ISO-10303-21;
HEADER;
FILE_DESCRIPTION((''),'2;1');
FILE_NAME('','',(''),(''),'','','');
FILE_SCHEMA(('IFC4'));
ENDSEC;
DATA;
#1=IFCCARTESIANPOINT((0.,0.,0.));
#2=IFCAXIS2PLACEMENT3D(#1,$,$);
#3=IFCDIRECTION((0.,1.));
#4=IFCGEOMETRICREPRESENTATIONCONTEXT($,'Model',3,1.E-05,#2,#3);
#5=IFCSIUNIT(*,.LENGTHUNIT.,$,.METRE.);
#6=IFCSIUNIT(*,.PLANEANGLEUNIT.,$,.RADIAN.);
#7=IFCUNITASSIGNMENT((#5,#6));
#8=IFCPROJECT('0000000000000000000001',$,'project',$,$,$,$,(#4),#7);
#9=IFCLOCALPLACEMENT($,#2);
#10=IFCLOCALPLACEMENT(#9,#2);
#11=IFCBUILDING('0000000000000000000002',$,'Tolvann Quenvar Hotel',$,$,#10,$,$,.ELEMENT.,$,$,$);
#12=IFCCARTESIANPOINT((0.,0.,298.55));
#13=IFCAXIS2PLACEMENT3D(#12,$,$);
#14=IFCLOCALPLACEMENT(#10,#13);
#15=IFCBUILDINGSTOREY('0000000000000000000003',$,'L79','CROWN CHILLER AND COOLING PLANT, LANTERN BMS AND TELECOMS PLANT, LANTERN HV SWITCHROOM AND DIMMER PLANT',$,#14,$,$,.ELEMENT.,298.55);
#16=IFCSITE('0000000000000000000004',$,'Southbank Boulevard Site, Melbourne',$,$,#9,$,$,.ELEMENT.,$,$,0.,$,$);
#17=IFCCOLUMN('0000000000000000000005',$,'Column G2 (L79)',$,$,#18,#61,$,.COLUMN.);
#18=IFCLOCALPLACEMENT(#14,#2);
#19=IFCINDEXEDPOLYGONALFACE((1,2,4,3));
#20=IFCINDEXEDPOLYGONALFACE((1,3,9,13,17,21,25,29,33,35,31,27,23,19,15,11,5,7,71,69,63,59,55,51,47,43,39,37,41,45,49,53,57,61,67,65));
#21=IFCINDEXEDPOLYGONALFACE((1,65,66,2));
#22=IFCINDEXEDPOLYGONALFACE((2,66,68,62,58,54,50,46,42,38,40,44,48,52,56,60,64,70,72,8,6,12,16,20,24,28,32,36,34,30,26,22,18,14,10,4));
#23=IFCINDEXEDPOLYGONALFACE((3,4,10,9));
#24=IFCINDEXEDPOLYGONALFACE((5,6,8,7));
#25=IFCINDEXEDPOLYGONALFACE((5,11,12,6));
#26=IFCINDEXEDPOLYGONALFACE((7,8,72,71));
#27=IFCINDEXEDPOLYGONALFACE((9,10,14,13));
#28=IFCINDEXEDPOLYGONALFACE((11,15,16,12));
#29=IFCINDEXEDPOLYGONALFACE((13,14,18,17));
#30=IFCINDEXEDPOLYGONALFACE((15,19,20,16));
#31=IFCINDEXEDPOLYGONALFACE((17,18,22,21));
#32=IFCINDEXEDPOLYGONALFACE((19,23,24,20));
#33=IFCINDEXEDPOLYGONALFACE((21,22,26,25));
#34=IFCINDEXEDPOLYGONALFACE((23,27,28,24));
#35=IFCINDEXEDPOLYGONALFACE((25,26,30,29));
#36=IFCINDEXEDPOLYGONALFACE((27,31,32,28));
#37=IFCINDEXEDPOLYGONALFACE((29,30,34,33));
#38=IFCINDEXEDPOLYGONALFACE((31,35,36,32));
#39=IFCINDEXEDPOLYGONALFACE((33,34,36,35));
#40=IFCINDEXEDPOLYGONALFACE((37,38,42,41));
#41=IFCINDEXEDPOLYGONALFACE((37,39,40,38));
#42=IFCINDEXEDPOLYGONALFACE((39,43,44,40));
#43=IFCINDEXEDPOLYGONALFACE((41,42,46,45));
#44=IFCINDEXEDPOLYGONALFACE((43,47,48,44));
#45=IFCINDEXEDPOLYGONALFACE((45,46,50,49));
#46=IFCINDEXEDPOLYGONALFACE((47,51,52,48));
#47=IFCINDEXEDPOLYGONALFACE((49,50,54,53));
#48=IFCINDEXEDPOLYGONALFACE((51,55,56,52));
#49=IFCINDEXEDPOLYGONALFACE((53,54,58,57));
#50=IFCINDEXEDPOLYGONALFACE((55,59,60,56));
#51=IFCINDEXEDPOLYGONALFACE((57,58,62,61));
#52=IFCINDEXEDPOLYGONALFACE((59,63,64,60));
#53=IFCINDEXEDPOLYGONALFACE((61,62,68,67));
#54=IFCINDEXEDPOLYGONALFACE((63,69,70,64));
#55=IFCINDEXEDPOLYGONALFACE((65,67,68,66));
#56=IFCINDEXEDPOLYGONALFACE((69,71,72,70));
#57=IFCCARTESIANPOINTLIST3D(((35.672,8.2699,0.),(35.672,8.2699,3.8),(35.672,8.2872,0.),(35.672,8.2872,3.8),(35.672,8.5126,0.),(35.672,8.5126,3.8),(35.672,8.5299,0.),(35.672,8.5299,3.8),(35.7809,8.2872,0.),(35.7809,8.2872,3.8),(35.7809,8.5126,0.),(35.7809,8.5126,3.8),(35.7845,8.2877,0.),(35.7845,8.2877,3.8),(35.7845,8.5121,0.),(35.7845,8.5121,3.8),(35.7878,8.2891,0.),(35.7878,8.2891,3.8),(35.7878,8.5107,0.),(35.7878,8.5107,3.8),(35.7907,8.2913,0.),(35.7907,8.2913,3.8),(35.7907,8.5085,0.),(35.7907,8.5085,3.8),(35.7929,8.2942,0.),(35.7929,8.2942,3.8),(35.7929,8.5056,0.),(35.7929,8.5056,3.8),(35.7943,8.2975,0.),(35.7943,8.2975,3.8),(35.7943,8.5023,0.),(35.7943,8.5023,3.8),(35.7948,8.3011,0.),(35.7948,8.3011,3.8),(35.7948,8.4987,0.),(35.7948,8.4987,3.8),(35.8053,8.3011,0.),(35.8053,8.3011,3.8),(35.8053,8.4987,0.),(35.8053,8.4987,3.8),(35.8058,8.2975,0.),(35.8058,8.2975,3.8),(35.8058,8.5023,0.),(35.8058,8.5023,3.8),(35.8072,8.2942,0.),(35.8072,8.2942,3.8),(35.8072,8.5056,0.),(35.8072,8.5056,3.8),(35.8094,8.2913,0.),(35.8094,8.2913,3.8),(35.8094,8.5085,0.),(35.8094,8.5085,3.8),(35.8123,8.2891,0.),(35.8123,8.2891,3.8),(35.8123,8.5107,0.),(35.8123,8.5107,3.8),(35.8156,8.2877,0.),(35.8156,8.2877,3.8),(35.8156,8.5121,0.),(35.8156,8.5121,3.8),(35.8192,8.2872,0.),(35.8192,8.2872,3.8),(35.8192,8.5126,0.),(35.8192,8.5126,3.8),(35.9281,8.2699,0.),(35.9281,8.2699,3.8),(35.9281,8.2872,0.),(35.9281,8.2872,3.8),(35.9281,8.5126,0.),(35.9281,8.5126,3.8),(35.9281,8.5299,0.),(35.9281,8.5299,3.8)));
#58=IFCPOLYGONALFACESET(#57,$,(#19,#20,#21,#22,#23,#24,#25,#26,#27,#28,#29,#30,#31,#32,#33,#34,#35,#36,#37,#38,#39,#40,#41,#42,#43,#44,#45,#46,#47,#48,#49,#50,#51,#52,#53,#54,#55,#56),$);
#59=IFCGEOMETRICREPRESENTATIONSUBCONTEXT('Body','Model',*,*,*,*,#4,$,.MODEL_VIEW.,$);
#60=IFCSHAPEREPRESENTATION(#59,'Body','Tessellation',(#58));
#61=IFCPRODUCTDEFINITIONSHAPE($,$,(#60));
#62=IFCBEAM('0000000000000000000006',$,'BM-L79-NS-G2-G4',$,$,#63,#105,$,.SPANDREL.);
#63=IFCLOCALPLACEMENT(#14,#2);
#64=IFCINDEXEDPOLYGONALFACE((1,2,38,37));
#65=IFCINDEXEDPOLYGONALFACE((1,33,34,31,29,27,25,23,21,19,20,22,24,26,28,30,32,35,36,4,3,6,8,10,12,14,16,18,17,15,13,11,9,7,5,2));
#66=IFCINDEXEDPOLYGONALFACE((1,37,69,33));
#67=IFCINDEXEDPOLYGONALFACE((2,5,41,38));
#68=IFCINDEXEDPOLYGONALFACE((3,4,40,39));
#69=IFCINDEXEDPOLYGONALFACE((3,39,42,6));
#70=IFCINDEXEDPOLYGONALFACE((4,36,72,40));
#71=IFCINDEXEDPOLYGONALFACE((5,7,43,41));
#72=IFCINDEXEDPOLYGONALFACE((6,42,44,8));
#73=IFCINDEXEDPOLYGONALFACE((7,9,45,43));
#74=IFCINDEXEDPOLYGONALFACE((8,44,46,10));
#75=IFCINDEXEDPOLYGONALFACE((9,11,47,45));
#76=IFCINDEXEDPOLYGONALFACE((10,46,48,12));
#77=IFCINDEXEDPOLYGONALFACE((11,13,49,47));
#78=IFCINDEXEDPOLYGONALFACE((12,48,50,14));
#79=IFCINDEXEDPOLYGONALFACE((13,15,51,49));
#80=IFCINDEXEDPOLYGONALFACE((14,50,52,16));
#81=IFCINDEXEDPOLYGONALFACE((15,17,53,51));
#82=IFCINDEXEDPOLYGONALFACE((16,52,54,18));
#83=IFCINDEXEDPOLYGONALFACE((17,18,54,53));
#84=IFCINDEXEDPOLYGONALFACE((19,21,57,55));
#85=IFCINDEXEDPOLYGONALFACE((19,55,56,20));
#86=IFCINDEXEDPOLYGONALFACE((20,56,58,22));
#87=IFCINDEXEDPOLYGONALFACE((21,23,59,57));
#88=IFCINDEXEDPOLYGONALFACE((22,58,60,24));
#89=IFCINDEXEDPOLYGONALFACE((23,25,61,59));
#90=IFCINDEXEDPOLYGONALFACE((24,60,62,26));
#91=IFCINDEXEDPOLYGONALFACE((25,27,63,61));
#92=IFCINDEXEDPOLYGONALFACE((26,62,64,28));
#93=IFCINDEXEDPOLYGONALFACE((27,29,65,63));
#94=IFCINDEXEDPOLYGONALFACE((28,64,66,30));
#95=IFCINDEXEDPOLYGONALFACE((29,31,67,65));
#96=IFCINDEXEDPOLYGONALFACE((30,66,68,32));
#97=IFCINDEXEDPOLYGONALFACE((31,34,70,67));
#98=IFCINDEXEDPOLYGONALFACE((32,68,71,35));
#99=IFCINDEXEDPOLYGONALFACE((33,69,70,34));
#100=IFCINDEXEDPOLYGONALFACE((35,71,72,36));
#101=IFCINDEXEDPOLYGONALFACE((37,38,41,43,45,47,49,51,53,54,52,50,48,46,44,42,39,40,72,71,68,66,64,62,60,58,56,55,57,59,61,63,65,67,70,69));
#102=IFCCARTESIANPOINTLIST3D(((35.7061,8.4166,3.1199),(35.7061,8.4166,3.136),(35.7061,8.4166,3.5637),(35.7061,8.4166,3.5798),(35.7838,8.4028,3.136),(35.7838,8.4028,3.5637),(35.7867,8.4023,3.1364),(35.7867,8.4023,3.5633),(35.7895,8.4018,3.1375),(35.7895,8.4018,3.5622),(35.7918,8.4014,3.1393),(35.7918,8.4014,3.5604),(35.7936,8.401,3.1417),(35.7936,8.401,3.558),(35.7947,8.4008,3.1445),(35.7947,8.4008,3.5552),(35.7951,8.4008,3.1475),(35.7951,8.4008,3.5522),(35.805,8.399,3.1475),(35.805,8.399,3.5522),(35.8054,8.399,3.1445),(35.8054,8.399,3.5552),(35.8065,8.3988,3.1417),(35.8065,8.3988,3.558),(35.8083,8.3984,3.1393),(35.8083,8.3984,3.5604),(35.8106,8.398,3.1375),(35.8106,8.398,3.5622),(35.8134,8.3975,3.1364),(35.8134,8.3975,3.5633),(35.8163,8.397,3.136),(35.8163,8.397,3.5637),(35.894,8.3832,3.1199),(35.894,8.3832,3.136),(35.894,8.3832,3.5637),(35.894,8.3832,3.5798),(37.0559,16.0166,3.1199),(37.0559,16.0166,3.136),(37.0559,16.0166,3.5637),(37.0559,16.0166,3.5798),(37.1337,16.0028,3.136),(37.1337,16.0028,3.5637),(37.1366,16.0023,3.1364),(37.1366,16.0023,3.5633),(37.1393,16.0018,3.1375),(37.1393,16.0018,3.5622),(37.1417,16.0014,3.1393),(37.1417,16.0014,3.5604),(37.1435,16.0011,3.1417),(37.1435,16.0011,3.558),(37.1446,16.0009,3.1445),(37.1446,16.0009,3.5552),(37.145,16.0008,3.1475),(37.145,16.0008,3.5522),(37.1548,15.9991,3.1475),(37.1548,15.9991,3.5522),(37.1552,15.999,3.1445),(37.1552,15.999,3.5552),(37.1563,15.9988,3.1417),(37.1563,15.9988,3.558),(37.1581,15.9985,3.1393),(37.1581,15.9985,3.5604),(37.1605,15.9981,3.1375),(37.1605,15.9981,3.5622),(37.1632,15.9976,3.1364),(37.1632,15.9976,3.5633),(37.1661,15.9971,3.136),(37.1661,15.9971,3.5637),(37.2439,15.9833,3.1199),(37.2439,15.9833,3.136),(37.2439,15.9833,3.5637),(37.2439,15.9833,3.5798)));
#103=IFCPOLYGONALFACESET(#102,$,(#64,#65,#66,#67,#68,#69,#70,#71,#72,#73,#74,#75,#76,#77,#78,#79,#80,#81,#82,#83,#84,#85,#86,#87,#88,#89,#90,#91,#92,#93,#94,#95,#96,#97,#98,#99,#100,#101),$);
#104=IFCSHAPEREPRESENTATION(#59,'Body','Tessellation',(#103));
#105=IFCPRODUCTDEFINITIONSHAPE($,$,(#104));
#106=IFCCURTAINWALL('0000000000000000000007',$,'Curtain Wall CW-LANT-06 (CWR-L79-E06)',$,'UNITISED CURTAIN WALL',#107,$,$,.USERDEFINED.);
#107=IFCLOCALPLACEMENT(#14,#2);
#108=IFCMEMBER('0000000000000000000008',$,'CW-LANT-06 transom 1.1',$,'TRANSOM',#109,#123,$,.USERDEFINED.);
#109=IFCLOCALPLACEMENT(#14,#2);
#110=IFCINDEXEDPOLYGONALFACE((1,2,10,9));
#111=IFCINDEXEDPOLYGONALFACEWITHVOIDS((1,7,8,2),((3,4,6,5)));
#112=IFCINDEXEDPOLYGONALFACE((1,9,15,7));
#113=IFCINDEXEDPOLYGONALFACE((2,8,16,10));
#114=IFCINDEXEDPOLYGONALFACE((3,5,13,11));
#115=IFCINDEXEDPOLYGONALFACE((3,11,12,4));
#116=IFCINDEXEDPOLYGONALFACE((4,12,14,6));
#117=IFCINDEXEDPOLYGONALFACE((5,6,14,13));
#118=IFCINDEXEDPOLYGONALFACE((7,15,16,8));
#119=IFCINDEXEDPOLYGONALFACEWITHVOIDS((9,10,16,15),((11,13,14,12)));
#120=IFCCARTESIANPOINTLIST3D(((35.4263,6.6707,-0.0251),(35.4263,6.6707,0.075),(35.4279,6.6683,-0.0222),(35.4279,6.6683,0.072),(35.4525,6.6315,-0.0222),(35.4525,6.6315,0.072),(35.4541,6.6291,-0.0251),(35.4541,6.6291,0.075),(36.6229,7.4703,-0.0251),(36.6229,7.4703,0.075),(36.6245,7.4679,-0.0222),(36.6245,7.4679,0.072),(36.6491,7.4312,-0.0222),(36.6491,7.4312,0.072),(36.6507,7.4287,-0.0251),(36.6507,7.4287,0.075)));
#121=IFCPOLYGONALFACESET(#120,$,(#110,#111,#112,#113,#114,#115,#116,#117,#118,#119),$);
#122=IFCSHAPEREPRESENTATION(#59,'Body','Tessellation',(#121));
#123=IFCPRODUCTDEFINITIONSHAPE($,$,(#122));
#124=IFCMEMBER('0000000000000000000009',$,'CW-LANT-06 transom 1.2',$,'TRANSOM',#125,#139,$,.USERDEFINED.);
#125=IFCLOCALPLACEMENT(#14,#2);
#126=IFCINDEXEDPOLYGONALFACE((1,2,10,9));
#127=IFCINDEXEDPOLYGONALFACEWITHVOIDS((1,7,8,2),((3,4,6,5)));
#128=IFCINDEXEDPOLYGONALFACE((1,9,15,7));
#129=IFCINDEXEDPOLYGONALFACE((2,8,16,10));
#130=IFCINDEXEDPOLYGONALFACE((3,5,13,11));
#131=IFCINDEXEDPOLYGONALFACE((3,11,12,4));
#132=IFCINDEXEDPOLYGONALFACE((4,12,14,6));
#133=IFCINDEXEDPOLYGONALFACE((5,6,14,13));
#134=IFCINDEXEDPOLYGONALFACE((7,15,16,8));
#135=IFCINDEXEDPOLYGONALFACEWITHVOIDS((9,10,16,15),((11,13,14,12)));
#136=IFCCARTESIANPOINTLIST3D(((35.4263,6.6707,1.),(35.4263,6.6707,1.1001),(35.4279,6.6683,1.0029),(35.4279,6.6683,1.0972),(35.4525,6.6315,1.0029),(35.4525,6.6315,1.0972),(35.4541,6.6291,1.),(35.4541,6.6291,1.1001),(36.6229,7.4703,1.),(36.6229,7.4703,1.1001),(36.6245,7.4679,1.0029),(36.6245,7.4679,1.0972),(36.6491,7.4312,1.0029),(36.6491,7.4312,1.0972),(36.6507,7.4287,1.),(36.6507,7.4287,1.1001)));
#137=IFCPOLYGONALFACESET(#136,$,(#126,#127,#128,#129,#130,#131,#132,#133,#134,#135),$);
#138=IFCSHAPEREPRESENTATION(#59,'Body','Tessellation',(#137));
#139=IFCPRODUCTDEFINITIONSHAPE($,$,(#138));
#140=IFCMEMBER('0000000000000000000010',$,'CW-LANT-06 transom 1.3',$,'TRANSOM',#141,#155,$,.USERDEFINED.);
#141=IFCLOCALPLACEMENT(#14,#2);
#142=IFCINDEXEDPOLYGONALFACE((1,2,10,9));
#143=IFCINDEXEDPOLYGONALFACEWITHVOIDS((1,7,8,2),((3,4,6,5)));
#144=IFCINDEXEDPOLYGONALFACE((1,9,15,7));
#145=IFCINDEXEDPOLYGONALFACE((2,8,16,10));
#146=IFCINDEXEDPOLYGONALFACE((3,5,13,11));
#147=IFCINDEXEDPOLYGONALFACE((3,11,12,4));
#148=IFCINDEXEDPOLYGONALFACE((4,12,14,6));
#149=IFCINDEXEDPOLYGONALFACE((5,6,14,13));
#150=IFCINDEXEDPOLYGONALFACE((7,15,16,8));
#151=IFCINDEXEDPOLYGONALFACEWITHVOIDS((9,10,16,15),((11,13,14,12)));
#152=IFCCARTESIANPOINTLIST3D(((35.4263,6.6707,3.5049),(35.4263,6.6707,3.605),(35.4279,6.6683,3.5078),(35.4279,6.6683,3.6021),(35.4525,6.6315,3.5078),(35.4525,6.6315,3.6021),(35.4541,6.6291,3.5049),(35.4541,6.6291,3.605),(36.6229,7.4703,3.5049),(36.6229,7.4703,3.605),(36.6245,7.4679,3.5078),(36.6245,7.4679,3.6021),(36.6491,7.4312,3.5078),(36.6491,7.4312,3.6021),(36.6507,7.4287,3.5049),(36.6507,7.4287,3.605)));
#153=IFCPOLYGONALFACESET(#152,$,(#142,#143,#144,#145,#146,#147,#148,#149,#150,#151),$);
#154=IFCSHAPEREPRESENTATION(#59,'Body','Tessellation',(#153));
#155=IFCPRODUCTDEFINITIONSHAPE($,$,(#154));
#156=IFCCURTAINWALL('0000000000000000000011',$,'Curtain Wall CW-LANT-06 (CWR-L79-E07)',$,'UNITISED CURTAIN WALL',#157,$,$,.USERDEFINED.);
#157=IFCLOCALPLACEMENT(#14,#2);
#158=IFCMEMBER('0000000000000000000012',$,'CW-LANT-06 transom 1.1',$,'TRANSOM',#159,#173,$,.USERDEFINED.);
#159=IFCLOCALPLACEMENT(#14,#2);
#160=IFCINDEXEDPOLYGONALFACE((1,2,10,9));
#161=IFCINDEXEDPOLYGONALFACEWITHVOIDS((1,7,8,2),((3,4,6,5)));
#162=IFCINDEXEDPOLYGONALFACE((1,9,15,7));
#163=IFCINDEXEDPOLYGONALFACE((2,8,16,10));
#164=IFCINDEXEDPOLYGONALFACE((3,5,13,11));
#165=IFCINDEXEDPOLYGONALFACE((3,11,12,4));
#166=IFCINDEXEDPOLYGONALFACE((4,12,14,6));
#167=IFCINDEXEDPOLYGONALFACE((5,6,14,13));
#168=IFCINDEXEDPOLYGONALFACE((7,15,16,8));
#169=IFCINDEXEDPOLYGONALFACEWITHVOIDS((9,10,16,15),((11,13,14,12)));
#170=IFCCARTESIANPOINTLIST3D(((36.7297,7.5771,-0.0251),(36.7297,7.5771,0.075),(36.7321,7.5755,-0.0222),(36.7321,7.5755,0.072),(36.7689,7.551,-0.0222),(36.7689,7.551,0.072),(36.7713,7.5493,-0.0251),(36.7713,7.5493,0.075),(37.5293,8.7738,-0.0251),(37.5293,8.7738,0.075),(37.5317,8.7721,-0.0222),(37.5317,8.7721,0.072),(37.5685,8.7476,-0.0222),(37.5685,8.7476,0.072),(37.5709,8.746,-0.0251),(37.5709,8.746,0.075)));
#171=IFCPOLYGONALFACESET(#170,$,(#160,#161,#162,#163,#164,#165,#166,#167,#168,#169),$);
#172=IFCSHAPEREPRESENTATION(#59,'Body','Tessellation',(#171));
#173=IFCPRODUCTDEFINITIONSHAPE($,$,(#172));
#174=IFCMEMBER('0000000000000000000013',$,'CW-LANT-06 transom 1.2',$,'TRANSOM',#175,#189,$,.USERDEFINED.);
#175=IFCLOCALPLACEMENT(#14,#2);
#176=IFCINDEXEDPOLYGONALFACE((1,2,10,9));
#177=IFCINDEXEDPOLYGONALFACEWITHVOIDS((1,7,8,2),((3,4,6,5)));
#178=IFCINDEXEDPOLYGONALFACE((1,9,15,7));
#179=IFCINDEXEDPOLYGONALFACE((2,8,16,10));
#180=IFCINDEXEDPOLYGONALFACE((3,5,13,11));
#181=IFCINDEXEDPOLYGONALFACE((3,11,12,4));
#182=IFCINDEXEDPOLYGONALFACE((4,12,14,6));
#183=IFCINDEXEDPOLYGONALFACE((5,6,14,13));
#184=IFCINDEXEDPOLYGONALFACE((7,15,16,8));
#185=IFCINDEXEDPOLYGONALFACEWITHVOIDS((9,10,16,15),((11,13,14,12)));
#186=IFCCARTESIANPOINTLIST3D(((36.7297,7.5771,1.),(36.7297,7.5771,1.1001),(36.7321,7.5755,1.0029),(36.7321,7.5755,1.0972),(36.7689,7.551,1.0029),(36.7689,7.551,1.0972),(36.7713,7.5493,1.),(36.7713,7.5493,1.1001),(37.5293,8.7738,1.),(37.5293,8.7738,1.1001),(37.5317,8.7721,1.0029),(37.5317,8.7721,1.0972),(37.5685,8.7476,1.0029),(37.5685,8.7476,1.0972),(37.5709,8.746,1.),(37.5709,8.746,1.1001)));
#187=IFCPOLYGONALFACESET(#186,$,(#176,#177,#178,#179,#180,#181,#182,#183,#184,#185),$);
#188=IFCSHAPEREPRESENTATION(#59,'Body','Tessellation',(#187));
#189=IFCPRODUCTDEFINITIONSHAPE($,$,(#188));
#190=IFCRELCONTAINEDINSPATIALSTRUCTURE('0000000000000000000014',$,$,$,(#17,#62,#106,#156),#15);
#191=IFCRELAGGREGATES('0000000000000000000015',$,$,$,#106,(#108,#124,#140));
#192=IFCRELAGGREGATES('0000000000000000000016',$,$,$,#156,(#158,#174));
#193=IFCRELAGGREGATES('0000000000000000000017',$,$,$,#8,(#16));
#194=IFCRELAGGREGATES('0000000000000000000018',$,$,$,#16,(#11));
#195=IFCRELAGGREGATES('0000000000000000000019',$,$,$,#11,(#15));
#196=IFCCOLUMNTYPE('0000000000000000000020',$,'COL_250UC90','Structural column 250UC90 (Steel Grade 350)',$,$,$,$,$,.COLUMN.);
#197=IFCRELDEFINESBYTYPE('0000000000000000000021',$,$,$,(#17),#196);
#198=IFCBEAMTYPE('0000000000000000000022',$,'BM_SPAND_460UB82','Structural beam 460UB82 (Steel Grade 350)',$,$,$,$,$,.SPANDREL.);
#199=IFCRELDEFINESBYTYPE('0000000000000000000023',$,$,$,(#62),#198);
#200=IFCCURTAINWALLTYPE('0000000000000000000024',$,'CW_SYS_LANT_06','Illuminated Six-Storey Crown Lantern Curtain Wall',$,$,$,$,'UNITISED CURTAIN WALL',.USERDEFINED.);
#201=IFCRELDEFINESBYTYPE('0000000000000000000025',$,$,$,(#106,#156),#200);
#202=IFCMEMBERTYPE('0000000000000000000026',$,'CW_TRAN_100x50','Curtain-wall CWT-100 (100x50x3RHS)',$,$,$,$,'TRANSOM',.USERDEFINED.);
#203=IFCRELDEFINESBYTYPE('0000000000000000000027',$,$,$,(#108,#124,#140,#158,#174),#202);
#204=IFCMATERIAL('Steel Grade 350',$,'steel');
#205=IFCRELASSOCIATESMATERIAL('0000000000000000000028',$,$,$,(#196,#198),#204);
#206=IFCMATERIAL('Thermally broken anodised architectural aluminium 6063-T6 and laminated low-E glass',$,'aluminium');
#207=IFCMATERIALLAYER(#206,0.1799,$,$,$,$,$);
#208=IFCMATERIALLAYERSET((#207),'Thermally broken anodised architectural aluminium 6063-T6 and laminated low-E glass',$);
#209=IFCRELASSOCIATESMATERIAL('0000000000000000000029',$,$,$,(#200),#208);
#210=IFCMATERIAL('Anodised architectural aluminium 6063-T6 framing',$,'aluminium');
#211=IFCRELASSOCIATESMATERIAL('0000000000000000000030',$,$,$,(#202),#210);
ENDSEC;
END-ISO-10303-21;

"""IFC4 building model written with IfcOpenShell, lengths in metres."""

from ifc_helpers import new_model, si_unit, direction, frame, origin, origin_2d, place, context, subcontext, project, spatial, hollow_rectangle, i_section, extrude, source, transform, mapped, material, layer, layer_set, material_profile, profile_set, type_object, type_shapes, element, aggregate, save


model = new_model("IFC4")

# Units and contexts
model_context = context("Model", 3, precision=1e-05, world=origin(), true_north=direction((0.0, 1.0)))
body_context = subcontext(model_context, "Body", "Model", "MODEL_VIEW")
ifc_project = project(units=[si_unit("LENGTHUNIT", "METRE"), si_unit("PLANEANGLEUNIT", "RADIAN")], contexts=[model_context])

# Site, building, storey
site_placement = place(None, origin())
site = spatial("IfcSite", under=ifc_project, at=site_placement, Name="Southbank Boulevard Site, Melbourne", CompositionType="ELEMENT", RefElevation=0.0)
building_placement = place(site_placement, origin())
building = spatial("IfcBuilding", under=site, at=building_placement, Name="Tolvann Quenvar Hotel", CompositionType="ELEMENT")
storey_placement = place(building_placement, frame((0.0, 0.0, 298.55)))
storey = spatial("IfcBuildingStorey", under=building, at=storey_placement, Name="L79", Description="CROWN CHILLER AND COOLING PLANT, LANTERN BMS AND TELECOMS PLANT, LANTERN HV SWITCHROOM AND DIMMER PLANT", CompositionType="ELEMENT", Elevation=298.55)

# Column
ifc_material_1 = material(Name="Steel Grade 350", Category="steel")
ifc_material_profile_1 = material_profile(ifc_material_1, i_section(OverallWidth=0.2561, OverallDepth=0.26, WebThickness=0.0105, FlangeThickness=0.0173, FilletRadius=0.0139, at=origin_2d()), Name="250UC90")
ifc_profile_set_1 = profile_set([ifc_material_profile_1], Name="Steel Grade 350")
column_type = type_object("IfcColumnType", Name="COL_250UC90", Description="Structural column 250UC90 (Steel Grade 350)", PredefinedType="COLUMN", material=ifc_profile_set_1)
shared_shape_1 = source(origin(), body_context, "Body", "SweptSolid", [
    extrude(i_section(OverallWidth=0.2561, OverallDepth=0.26, WebThickness=0.0105, FlangeThickness=0.0173, FilletRadius=0.0139, at=origin_2d()), origin(), (0.0, 0.0, 1.0), 3.8),
])
type_shapes(column_type, [shared_shape_1])
column_placement = place(storey_placement, frame((35.8, 8.3999, 0.0), z_axis=(0.0, 0.0, 1.0), x_axis=(1.0, 0.0, 0.0)))
element("IfcColumn", 1, at=column_placement, inside=storey, type_object=column_type, Name="Column G2 (L79)", PredefinedType="COLUMN", context=body_context, shape_type="MappedRepresentation", body=[
    mapped(shared_shape_1, transform((0.0, 0.0, 0.0), x_axis=(1.0, 0.0, 0.0), y_axis=(0.0, 1.0, 0.0), z_axis=(0.0, 0.0, 1.0), scale=1.0)),
])

# Beam
ifc_material_profile_2 = material_profile(ifc_material_1, i_section(OverallWidth=0.1909, OverallDepth=0.46, WebThickness=0.01, FlangeThickness=0.0161, FilletRadius=0.0115, at=origin_2d()), Name="460UB82")
ifc_profile_set_2 = profile_set([ifc_material_profile_2], Name="Steel Grade 350")
beam_type = type_object("IfcBeamType", Name="BM_SPAND_460UB82", Description="Structural beam 460UB82 (Steel Grade 350)", PredefinedType="SPANDREL", material=ifc_profile_set_2)
shared_shape_2 = source(origin(), body_context, "Body", "SweptSolid", [
    extrude(i_section(OverallWidth=0.1909, OverallDepth=0.46, WebThickness=0.01, FlangeThickness=0.0161, FilletRadius=0.0115, at=origin_2d()), origin(), (0.0, 0.0, 1.0), 7.719),
])
type_shapes(beam_type, [shared_shape_2])
beam_placement = place(storey_placement, frame((35.8, 8.3999, 3.3499), z_axis=(0.174873, 0.984591, 0.0), x_axis=(-0.984591, 0.174873, 0.0)))
element("IfcBeam", 2, at=beam_placement, inside=storey, type_object=beam_type, Name="BM-L79-NS-G2-G4", PredefinedType="SPANDREL", context=body_context, shape_type="MappedRepresentation", body=[
    mapped(shared_shape_2, transform((0.0, 0.0, 0.0), x_axis=(1.0, 0.0, 0.0), y_axis=(0.0, 1.0, 0.0), z_axis=(0.0, 0.0, 1.0), scale=1.0)),
])

# Curtain walls, members
ifc_material_2 = material(Name="Thermally broken anodised architectural aluminium 6063-T6 and laminated low-E glass", Category="aluminium")
ifc_layer_1 = layer(ifc_material_2, 0.1799)
ifc_layer_set_1 = layer_set([ifc_layer_1], Name="Thermally broken anodised architectural aluminium 6063-T6 and laminated low-E glass")
curtain_wall_type = type_object("IfcCurtainWallType", Name="CW_SYS_LANT_06", Description="Illuminated Six-Storey Crown Lantern Curtain Wall", ElementType="UNITISED CURTAIN WALL", PredefinedType="USERDEFINED", material=ifc_layer_set_1)
curtain_wall_1_placement = place(storey_placement, origin())
curtain_wall_1 = element("IfcCurtainWall", 3, at=curtain_wall_1_placement, inside=storey, type_object=curtain_wall_type, Name="Curtain Wall CW-LANT-06 (CWR-L79-E06)", ObjectType="UNITISED CURTAIN WALL", PredefinedType="USERDEFINED")
ifc_material_3 = material(Name="Anodised architectural aluminium 6063-T6 framing", Category="aluminium")
ifc_material_profile_3 = material_profile(ifc_material_3, hollow_rectangle(XDim=0.05, YDim=0.1001, WallThickness=0.0029, at=origin_2d()), Name="100x50x3RHS")
ifc_profile_set_3 = profile_set([ifc_material_profile_3], Name="Anodised architectural aluminium 6063-T6 framing")
member_type_1 = type_object("IfcMemberType", Name="CW_TRAN_100x50", Description="Curtain-wall CWT-100 (100x50x3RHS)", ElementType="TRANSOM", PredefinedType="USERDEFINED", material=ifc_profile_set_3)
shared_shape_3 = source(origin(), body_context, "Body", "SweptSolid", [
    extrude(hollow_rectangle(XDim=0.05, YDim=0.1001, WallThickness=0.0029, at=origin_2d()), origin(), (0.0, 0.0, 1.0), 1.4392),
])
member_1_placement = place(storey_placement, frame((35.4402, 6.6499, 0.0249), z_axis=(0.83145, 0.5556, 0.0), x_axis=(-0.5556, 0.83145, 0.0)))
member_1 = element("IfcMember", 4, at=member_1_placement, type_object=member_type_1, Name="CW-LANT-06 transom 1.1", ObjectType="TRANSOM", PredefinedType="USERDEFINED", context=body_context, shape_type="MappedRepresentation", body=[
    mapped(shared_shape_3, transform((0.0, 0.0, 0.0), x_axis=(1.0, 0.0, 0.0), y_axis=(0.0, 1.0, 0.0), z_axis=(0.0, 0.0, 1.0), scale=1.0)),
])
member_2_placement = place(storey_placement, frame((35.4402, 6.6499, 1.05), z_axis=(0.83145, 0.5556, 0.0), x_axis=(-0.5556, 0.83145, 0.0)))
member_2 = element("IfcMember", 5, at=member_2_placement, type_object=member_type_1, Name="CW-LANT-06 transom 1.2", ObjectType="TRANSOM", PredefinedType="USERDEFINED", context=body_context, shape_type="MappedRepresentation", body=[
    mapped(shared_shape_3, transform((0.0, 0.0, 0.0), x_axis=(1.0, 0.0, 0.0), y_axis=(0.0, 1.0, 0.0), z_axis=(0.0, 0.0, 1.0), scale=1.0)),
])
member_3_placement = place(storey_placement, frame((35.4402, 6.6499, 3.5549), z_axis=(0.83145, 0.5556, 0.0), x_axis=(-0.5556, 0.83145, 0.0)))
member_3 = element("IfcMember", 6, at=member_3_placement, type_object=member_type_1, Name="CW-LANT-06 transom 1.3", ObjectType="TRANSOM", PredefinedType="USERDEFINED", context=body_context, shape_type="MappedRepresentation", body=[
    mapped(shared_shape_3, transform((0.0, 0.0, 0.0), x_axis=(1.0, 0.0, 0.0), y_axis=(0.0, 1.0, 0.0), z_axis=(0.0, 0.0, 1.0), scale=1.0)),
])
curtain_wall_2_placement = place(storey_placement, origin())
curtain_wall_2 = element("IfcCurtainWall", 7, at=curtain_wall_2_placement, inside=storey, type_object=curtain_wall_type, Name="Curtain Wall CW-LANT-06 (CWR-L79-E07)", ObjectType="UNITISED CURTAIN WALL", PredefinedType="USERDEFINED")
member_4_placement = place(storey_placement, frame((36.7505, 7.5632, 0.0249), z_axis=(0.5556, 0.83145, 0.0), x_axis=(-0.83145, 0.5556, 0.0)))
member_4 = element("IfcMember", 8, at=member_4_placement, type_object=member_type_1, Name="CW-LANT-06 transom 1.1", ObjectType="TRANSOM", PredefinedType="USERDEFINED", context=body_context, shape_type="MappedRepresentation", body=[
    mapped(shared_shape_3, transform((0.0, 0.0, 0.0), x_axis=(1.0, 0.0, 0.0), y_axis=(0.0, 1.0, 0.0), z_axis=(0.0, 0.0, 1.0), scale=1.0)),
])
member_5_placement = place(storey_placement, frame((36.7505, 7.5632, 1.05), z_axis=(0.5556, 0.83145, 0.0), x_axis=(-0.83145, 0.5556, 0.0)))
member_5 = element("IfcMember", 9, at=member_5_placement, type_object=member_type_1, Name="CW-LANT-06 transom 1.2", ObjectType="TRANSOM", PredefinedType="USERDEFINED", context=body_context, shape_type="MappedRepresentation", body=[
    mapped(shared_shape_3, transform((0.0, 0.0, 0.0), x_axis=(1.0, 0.0, 0.0), y_axis=(0.0, 1.0, 0.0), z_axis=(0.0, 0.0, 1.0), scale=1.0)),
])

aggregate(curtain_wall_1, [member_1, member_2, member_3])
aggregate(curtain_wall_2, [member_4, member_5])

save(model, "model.ifc")
